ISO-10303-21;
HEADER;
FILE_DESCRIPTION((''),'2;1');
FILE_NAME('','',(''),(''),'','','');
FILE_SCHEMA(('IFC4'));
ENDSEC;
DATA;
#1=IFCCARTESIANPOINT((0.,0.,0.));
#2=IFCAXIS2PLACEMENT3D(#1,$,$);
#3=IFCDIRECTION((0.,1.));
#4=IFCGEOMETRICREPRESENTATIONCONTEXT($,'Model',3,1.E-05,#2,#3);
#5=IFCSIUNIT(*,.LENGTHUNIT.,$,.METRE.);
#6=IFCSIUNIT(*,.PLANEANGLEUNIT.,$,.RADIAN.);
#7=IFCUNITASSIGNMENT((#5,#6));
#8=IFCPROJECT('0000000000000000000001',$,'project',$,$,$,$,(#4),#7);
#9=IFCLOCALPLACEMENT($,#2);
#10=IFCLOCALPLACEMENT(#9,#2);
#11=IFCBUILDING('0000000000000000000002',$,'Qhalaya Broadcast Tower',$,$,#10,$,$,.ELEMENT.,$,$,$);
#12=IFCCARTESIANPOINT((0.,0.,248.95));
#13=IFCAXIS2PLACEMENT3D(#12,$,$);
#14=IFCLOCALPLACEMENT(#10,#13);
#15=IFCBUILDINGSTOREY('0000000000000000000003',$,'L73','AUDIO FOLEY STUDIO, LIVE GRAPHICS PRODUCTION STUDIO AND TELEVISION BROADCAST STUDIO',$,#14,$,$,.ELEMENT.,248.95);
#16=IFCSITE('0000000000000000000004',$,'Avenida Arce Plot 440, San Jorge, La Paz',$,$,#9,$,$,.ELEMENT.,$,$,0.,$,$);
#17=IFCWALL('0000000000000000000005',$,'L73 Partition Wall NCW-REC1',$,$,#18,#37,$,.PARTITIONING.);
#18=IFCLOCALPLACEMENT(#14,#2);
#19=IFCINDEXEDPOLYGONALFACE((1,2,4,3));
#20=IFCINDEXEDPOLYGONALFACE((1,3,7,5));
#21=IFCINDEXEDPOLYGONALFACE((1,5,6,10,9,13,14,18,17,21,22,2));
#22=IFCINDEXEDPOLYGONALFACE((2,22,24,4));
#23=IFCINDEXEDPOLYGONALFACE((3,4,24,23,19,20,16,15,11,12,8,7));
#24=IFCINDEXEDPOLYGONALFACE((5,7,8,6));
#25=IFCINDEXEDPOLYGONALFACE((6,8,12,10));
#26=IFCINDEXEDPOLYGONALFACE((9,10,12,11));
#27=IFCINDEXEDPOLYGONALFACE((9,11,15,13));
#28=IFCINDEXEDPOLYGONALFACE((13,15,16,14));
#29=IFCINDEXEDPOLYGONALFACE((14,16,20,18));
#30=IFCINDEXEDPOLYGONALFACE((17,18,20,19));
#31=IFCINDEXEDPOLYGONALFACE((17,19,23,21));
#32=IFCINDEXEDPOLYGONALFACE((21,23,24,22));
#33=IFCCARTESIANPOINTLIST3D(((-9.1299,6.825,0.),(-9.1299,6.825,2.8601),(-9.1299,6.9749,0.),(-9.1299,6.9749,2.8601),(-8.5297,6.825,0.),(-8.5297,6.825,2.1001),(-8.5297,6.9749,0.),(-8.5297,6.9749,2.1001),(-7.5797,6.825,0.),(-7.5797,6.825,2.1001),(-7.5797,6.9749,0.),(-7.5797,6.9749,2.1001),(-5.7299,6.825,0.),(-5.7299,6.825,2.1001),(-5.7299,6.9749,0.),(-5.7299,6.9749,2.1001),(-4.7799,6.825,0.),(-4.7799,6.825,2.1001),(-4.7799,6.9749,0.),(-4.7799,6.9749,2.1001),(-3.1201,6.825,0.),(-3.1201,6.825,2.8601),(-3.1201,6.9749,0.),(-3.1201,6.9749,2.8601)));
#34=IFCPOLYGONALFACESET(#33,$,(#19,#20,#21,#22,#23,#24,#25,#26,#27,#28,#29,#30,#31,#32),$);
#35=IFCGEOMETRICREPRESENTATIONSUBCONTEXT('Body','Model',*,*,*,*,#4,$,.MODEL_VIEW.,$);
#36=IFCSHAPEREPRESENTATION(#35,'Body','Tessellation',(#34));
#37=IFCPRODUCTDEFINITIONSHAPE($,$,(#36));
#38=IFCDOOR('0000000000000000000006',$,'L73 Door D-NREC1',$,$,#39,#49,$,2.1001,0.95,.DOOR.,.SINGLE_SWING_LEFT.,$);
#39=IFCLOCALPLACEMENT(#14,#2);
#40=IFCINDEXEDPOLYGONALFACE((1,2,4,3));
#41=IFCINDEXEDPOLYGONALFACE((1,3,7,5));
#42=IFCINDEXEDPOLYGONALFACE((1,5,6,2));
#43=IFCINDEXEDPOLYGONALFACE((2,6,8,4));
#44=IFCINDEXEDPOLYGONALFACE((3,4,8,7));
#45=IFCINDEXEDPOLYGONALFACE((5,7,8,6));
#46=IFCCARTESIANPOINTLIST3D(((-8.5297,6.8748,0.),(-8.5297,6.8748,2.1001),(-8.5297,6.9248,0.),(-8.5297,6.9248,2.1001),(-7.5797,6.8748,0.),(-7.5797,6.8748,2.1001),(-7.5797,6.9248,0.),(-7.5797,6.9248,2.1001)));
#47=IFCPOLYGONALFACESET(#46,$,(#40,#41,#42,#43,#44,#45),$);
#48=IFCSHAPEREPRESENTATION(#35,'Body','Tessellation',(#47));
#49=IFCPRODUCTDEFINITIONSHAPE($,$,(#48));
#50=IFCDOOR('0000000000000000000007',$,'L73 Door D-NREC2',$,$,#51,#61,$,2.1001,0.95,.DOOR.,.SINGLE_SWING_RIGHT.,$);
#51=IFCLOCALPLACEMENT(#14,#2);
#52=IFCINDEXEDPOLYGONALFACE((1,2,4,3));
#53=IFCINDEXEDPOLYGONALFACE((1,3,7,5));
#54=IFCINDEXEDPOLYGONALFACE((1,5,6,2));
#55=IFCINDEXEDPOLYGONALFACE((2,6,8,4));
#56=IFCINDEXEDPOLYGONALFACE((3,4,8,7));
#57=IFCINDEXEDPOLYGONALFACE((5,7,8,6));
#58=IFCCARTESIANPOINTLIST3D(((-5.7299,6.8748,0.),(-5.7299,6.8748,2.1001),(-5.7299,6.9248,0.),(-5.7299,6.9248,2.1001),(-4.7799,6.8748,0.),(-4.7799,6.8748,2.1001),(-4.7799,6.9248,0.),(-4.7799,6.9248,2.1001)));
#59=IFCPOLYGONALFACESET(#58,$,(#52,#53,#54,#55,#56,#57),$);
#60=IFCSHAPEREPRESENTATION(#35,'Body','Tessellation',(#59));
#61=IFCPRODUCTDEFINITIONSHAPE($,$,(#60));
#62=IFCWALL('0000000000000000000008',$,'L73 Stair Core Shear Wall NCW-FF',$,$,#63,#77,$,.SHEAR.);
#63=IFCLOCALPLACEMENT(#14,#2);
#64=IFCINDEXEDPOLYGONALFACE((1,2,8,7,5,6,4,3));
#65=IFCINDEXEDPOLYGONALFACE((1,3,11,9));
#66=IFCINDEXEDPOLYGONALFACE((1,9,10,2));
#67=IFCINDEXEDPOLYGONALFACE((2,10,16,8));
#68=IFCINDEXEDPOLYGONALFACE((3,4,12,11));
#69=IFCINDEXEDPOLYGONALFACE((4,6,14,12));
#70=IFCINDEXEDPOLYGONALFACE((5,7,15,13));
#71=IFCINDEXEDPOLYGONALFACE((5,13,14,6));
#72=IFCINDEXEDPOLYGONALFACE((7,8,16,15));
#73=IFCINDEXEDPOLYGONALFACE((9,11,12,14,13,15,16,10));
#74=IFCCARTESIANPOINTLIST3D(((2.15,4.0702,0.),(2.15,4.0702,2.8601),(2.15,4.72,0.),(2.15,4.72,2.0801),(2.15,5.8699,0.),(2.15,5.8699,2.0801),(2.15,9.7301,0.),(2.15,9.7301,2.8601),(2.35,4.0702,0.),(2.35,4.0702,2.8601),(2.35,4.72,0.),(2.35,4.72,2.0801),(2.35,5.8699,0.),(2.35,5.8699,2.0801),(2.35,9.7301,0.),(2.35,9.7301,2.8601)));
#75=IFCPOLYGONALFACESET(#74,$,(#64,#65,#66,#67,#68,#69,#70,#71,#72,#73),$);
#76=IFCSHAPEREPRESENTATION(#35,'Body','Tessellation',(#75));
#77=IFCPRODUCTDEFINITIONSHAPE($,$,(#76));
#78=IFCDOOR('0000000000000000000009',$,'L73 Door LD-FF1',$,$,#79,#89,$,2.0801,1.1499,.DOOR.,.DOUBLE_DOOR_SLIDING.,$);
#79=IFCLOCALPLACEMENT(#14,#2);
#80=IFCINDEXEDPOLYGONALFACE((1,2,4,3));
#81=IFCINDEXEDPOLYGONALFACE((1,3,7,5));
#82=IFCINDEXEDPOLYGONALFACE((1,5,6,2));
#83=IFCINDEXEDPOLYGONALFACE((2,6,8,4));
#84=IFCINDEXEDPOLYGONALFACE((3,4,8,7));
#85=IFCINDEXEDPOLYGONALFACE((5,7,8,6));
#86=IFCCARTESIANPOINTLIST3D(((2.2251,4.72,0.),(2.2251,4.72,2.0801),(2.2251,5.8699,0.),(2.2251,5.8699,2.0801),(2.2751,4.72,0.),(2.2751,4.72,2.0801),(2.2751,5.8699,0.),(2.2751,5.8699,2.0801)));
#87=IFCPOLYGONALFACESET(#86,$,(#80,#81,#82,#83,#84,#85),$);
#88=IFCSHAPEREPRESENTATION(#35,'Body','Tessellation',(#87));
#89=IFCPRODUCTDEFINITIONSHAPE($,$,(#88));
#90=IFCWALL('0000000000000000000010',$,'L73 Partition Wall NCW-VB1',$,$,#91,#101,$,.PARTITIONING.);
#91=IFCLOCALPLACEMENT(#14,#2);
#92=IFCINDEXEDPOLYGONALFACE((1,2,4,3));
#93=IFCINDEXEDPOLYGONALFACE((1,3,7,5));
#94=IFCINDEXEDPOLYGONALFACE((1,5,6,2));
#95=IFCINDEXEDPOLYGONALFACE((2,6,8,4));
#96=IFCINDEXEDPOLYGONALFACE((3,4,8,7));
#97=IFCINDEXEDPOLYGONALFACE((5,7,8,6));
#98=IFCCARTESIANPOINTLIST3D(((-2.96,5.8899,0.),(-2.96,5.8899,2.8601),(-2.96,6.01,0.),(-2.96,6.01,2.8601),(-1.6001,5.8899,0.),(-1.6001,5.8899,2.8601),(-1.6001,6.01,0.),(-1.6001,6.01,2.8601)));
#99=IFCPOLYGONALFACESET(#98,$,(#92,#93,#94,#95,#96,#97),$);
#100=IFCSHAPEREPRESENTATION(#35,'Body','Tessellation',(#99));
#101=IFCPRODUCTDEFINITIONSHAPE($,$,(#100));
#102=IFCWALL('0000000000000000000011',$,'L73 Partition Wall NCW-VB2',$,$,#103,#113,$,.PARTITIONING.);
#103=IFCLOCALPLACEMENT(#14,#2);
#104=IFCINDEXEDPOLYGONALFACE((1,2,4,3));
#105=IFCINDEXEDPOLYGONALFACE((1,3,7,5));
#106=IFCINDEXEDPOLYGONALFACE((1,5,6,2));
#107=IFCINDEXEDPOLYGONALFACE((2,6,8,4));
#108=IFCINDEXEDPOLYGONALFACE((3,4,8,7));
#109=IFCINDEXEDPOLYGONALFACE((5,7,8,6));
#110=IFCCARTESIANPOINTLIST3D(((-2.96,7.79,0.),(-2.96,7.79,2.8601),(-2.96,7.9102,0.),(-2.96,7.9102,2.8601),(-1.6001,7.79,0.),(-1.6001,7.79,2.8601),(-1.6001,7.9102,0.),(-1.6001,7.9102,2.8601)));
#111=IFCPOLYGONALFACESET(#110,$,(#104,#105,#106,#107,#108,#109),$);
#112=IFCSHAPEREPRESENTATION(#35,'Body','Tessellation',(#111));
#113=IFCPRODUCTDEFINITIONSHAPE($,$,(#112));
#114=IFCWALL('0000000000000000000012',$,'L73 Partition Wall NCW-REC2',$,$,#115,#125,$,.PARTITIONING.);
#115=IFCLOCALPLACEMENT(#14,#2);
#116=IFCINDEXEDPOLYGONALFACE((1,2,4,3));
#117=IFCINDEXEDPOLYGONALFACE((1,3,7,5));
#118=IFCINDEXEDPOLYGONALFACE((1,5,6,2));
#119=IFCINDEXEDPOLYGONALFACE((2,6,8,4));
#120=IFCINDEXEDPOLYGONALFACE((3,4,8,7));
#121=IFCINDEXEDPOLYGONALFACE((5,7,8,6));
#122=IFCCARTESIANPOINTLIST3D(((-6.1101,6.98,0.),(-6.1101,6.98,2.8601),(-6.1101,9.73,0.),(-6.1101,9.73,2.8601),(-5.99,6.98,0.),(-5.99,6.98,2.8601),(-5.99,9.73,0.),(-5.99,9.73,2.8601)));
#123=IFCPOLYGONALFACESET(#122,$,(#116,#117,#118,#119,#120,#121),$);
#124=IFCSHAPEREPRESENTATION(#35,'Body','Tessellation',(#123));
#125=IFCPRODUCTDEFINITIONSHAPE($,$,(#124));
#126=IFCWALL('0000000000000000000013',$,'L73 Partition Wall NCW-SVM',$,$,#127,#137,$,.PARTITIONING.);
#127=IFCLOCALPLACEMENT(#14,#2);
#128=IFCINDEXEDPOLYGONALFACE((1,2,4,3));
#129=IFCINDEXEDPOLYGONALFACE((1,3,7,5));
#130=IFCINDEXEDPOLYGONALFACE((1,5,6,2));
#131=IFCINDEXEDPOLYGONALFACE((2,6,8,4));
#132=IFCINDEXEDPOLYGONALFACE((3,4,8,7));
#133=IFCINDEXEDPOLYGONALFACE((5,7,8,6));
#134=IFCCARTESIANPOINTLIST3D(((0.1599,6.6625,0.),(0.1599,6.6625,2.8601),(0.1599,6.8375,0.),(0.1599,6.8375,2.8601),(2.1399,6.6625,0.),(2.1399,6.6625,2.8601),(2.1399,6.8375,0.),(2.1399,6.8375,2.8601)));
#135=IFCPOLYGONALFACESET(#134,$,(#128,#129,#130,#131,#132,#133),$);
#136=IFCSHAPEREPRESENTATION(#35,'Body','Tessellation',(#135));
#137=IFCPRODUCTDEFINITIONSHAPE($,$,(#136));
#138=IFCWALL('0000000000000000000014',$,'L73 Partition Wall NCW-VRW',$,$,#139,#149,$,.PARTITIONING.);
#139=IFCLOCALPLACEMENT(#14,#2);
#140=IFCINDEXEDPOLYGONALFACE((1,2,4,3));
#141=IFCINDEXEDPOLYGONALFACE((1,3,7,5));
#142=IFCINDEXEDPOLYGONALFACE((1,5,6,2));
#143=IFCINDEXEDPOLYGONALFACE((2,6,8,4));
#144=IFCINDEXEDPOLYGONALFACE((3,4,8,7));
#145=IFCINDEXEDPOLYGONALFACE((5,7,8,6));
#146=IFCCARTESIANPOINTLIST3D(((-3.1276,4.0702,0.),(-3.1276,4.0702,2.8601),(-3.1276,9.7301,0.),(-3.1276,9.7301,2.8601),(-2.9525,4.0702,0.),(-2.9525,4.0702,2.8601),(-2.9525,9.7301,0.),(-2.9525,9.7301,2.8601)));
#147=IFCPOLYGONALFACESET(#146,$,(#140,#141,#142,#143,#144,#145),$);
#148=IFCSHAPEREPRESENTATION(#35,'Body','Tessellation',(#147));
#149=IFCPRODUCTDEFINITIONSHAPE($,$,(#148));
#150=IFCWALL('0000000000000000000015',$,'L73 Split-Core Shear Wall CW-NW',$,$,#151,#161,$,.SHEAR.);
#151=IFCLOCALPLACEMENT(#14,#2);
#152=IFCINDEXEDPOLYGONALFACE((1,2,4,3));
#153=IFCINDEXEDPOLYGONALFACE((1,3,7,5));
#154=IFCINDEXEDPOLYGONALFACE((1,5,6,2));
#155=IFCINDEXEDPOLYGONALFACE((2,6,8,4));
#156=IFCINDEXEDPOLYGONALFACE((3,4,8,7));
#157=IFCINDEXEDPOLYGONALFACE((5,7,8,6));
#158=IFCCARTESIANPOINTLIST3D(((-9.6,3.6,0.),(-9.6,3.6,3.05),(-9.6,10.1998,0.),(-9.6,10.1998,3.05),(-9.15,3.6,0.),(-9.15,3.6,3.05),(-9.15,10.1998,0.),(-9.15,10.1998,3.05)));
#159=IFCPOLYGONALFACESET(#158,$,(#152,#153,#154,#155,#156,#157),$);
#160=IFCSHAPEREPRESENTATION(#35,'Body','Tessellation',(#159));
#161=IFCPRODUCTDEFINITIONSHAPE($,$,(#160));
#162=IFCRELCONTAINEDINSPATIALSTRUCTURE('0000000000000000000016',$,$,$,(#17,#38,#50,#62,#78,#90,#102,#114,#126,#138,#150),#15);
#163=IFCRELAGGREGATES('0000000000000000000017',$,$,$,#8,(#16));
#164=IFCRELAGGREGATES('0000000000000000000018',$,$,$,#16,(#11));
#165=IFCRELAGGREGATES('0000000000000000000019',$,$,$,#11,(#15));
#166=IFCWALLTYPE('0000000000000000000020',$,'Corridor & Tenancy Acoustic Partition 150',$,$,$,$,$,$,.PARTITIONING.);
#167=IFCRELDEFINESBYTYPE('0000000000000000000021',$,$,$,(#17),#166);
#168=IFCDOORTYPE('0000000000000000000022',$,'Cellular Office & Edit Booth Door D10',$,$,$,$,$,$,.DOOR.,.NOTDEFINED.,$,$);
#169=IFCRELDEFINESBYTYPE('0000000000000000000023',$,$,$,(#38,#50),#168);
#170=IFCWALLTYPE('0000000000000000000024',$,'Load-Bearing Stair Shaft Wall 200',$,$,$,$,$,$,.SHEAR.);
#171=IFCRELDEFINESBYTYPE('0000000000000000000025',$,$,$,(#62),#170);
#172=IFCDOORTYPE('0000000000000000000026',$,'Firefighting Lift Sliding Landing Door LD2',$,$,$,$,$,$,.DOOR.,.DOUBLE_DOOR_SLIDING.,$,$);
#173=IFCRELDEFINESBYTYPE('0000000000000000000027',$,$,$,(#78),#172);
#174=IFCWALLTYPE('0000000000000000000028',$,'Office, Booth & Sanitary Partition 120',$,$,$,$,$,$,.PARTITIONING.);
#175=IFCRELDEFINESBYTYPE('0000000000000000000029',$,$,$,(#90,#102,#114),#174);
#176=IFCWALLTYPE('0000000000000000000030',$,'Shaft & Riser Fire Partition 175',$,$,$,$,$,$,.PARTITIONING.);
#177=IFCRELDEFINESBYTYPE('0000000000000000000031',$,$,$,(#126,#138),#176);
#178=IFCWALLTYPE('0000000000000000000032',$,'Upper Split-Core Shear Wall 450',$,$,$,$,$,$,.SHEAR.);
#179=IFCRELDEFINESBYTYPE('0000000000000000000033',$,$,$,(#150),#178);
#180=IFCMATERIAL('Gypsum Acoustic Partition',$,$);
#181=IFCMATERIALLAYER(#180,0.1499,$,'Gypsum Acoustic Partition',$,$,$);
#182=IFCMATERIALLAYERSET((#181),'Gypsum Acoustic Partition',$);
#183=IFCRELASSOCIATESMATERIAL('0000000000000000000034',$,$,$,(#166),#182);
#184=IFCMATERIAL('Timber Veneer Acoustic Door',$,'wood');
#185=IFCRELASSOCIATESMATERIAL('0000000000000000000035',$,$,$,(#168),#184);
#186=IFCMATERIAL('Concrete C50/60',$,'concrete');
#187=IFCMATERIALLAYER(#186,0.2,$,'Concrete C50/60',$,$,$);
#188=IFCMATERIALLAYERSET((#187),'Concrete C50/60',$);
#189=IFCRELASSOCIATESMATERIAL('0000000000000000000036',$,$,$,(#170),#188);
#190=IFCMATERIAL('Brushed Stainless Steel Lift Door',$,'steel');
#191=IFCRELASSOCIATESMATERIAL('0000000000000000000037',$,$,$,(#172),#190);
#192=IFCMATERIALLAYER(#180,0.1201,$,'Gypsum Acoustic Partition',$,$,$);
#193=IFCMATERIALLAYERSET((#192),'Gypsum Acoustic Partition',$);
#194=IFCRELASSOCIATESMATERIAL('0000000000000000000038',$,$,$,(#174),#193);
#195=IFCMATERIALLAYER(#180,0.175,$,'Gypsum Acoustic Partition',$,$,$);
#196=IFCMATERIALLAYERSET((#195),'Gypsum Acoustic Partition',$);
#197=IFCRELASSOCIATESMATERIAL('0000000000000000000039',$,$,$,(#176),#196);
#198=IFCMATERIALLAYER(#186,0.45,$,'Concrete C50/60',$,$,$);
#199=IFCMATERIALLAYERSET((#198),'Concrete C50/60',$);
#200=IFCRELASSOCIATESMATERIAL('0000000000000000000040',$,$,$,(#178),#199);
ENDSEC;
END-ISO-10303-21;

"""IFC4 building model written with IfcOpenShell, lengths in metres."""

from ifc_helpers import new_model, si_unit, direction, frame, frame_2d, origin, place, context, subcontext, project, spatial, rectangle, extrude, material, layer, layer_set, type_object, element, fill, save


model = new_model("IFC4")

# Units and contexts
model_context = context("Model", 3, precision=1e-05, world=origin(), true_north=direction((0.0, 1.0)))
body_context = subcontext(model_context, "Body", "Model", "MODEL_VIEW")
ifc_project = project(units=[si_unit("LENGTHUNIT", "METRE"), si_unit("PLANEANGLEUNIT", "RADIAN")], contexts=[model_context])

# Site, building, storey
site_placement = place(None, origin())
site = spatial("IfcSite", under=ifc_project, at=site_placement, Name="Avenida Arce Plot 440, San Jorge, La Paz", CompositionType="ELEMENT", RefElevation=0.0)
building_placement = place(site_placement, origin())
building = spatial("IfcBuilding", under=site, at=building_placement, Name="Qhalaya Broadcast Tower", CompositionType="ELEMENT")
storey_placement = place(building_placement, frame((0.0, 0.0, 248.95)))
storey = spatial("IfcBuildingStorey", under=building, at=storey_placement, Name="L73", Description="AUDIO FOLEY STUDIO, LIVE GRAPHICS PRODUCTION STUDIO AND TELEVISION BROADCAST STUDIO", CompositionType="ELEMENT", Elevation=248.95)

# Shared definitions
ifc_material_1 = material(Name="Concrete C50/60", Category="concrete")

# Wall, openings, doors
ifc_material_2 = material(Name="Gypsum Acoustic Partition")
ifc_layer_1 = layer(ifc_material_2, 0.1499, Name="Gypsum Acoustic Partition")
ifc_layer_set_1 = layer_set([ifc_layer_1], Name="Gypsum Acoustic Partition")
wall_type_1 = type_object("IfcWallType", Name="Corridor & Tenancy Acoustic Partition 150", PredefinedType="PARTITIONING", material=ifc_layer_set_1)
ifc_material_3 = material(Name="Timber Veneer Acoustic Door", Category="wood")
wall_1_placement = place(storey_placement, frame((-9.1299, 6.8999, 0.0), z_axis=(0.0, 0.0, 1.0), x_axis=(1.0, 0.0, 0.0)))
wall_1 = element("IfcWall", 1, at=wall_1_placement, inside=storey, type_object=wall_type_1, Name="L73 Partition Wall NCW-REC1", PredefinedType="PARTITIONING", context=body_context, shape_type="SweptSolid", body=[
    extrude(rectangle(XDim=6.0098, YDim=0.1499, at=frame_2d((3.0049, 0.0))), origin(), (0.0, 0.0, 1.0), 2.8601),
])
opening_1_placement = place(wall_1_placement, frame((0.6001, 0.0, 0.0)))
opening_1 = element("IfcOpeningElement", 2, at=opening_1_placement, cuts=wall_1, PredefinedType="OPENING", context=body_context, shape_type="SweptSolid", body=[
    extrude(rectangle(XDim=0.95, YDim=2.1001, at=frame_2d((0.4751, 1.05))), frame((0.0, 0.0869, 0.0), z_axis=(0.0, -1.0, 0.0), x_axis=(1.0, 0.0, 0.0)), (0.0, 0.0, 1.0), 0.1738),
])
opening_2_placement = place(wall_1_placement, frame((3.3999, 0.0, 0.0)))
opening_2 = element("IfcOpeningElement", 3, at=opening_2_placement, cuts=wall_1, PredefinedType="OPENING", context=body_context, shape_type="SweptSolid", body=[
    extrude(rectangle(XDim=0.95, YDim=2.1001, at=frame_2d((0.4751, 1.05))), frame((0.0, 0.0869, 0.0), z_axis=(0.0, -1.0, 0.0), x_axis=(1.0, 0.0, 0.0)), (0.0, 0.0, 1.0), 0.1738),
])
door_type_1 = type_object("IfcDoorType", Name="Cellular Office & Edit Booth Door D10", OperationType="NOTDEFINED", PredefinedType="DOOR", material=ifc_material_3)
door_1_placement = place(opening_1_placement, origin())
door_1 = element("IfcDoor", 4, at=door_1_placement, inside=storey, type_object=door_type_1, Name="L73 Door D-NREC1", OperationType="SINGLE_SWING_LEFT", OverallHeight=2.1001, OverallWidth=0.95, PredefinedType="DOOR", context=body_context, shape_type="SweptSolid", body=[
    extrude(rectangle(XDim=0.95, YDim=2.1001, at=frame_2d((0.4751, 1.05))), frame((0.0, 0.0249, 0.0), z_axis=(0.0, -1.0, 0.0), x_axis=(1.0, 0.0, 0.0)), (0.0, 0.0, 1.0), 0.05),
])
fill(opening_1, door_1)
door_2_placement = place(opening_2_placement, origin())
door_2 = element("IfcDoor", 5, at=door_2_placement, inside=storey, type_object=door_type_1, Name="L73 Door D-NREC2", OperationType="SINGLE_SWING_RIGHT", OverallHeight=2.1001, OverallWidth=0.95, PredefinedType="DOOR", context=body_context, shape_type="SweptSolid", body=[
    extrude(rectangle(XDim=0.95, YDim=2.1001, at=frame_2d((0.4751, 1.05))), frame((0.0, 0.0249, 0.0), z_axis=(0.0, -1.0, 0.0), x_axis=(1.0, 0.0, 0.0)), (0.0, 0.0, 1.0), 0.05),
])
fill(opening_2, door_2)

# Wall, opening, door
ifc_layer_2 = layer(ifc_material_1, 0.2, Name="Concrete C50/60")
ifc_layer_set_2 = layer_set([ifc_layer_2], Name="Concrete C50/60")
wall_type_2 = type_object("IfcWallType", Name="Load-Bearing Stair Shaft Wall 200", PredefinedType="SHEAR", material=ifc_layer_set_2)
wall_2_placement = place(storey_placement, frame((2.25, 4.0701, 0.0), z_axis=(0.0, 0.0, 1.0), x_axis=(0.0, 1.0, 0.0)))
wall_2 = element("IfcWall", 6, at=wall_2_placement, inside=storey, type_object=wall_type_2, Name="L73 Stair Core Shear Wall NCW-FF", PredefinedType="SHEAR", context=body_context, shape_type="SweptSolid", body=[
    extrude(rectangle(XDim=5.6599, YDim=0.2, at=frame_2d((2.8301, 0.0))), origin(), (0.0, 0.0, 1.0), 2.8601),
])
opening_3_placement = place(wall_2_placement, frame((0.6499, 0.0, 0.0)))
opening_3 = element("IfcOpeningElement", 7, at=opening_3_placement, cuts=wall_2, PredefinedType="OPENING", context=body_context, shape_type="SweptSolid", body=[
    extrude(rectangle(XDim=1.1499, YDim=2.0801, at=frame_2d((0.575, 1.04))), frame((0.0, 0.1121, 0.0), z_axis=(0.0, -1.0, 0.0), x_axis=(1.0, 0.0, 0.0)), (0.0, 0.0, 1.0), 0.2239),
])
ifc_material_4 = material(Name="Brushed Stainless Steel Lift Door", Category="steel")
door_type_2 = type_object("IfcDoorType", Name="Firefighting Lift Sliding Landing Door LD2", OperationType="DOUBLE_DOOR_SLIDING", PredefinedType="DOOR", material=ifc_material_4)
door_3_placement = place(opening_3_placement, origin())
door_3 = element("IfcDoor", 8, at=door_3_placement, inside=storey, type_object=door_type_2, Name="L73 Door LD-FF1", OperationType="DOUBLE_DOOR_SLIDING", OverallHeight=2.0801, OverallWidth=1.1499, PredefinedType="DOOR", context=body_context, shape_type="SweptSolid", body=[
    extrude(rectangle(XDim=1.1499, YDim=2.0801, at=frame_2d((0.575, 1.04))), frame((0.0, 0.0249, 0.0), z_axis=(0.0, -1.0, 0.0), x_axis=(1.0, 0.0, 0.0)), (0.0, 0.0, 1.0), 0.05),
])
fill(opening_3, door_3)

# Walls
ifc_layer_3 = layer(ifc_material_2, 0.1201, Name="Gypsum Acoustic Partition")
ifc_layer_set_3 = layer_set([ifc_layer_3], Name="Gypsum Acoustic Partition")
wall_type_3 = type_object("IfcWallType", Name="Office, Booth & Sanitary Partition 120", PredefinedType="PARTITIONING", material=ifc_layer_set_3)
for number, where, z_axis, x_axis, name in (
    (9, (-2.96, 5.95, 0.0), (0.0, 0.0, 1.0), (1.0, 0.0, 0.0), "L73 Partition Wall NCW-VB1"),
    (10, (-2.96, 7.8501, 0.0), (0.0, 0.0, 1.0), (1.0, 0.0, 0.0), "L73 Partition Wall NCW-VB2"),
):
    element("IfcWall", number, at=place(storey_placement, frame(where, z_axis=z_axis, x_axis=x_axis)), inside=storey, type_object=wall_type_3, Name=name, PredefinedType="PARTITIONING", context=body_context, shape_type="SweptSolid", body=[
        extrude(rectangle(XDim=1.3599, YDim=0.1201, at=frame_2d((0.6799, 0.0))), origin(), (0.0, 0.0, 1.0), 2.8601),
    ])
wall_3_placement = place(storey_placement, frame((-6.05, 6.98, 0.0), z_axis=(0.0, 0.0, 1.0), x_axis=(0.0, 1.0, 0.0)))
element("IfcWall", 11, at=wall_3_placement, inside=storey, type_object=wall_type_3, Name="L73 Partition Wall NCW-REC2", PredefinedType="PARTITIONING", context=body_context, shape_type="SweptSolid", body=[
    extrude(rectangle(XDim=2.75, YDim=0.1201, at=frame_2d((1.375, 0.0))), origin(), (0.0, 0.0, 1.0), 2.8601),
])

# Shared definitions
ifc_layer_4 = layer(ifc_material_2, 0.175, Name="Gypsum Acoustic Partition")
ifc_layer_set_4 = layer_set([ifc_layer_4], Name="Gypsum Acoustic Partition")
wall_type_4 = type_object("IfcWallType", Name="Shaft & Riser Fire Partition 175", PredefinedType="PARTITIONING", material=ifc_layer_set_4)

# Walls
wall_4_placement = place(storey_placement, frame((0.1599, 6.75, 0.0), z_axis=(0.0, 0.0, 1.0), x_axis=(1.0, 0.0, 0.0)))
element("IfcWall", 12, at=wall_4_placement, inside=storey, type_object=wall_type_4, Name="L73 Partition Wall NCW-SVM", PredefinedType="PARTITIONING", context=body_context, shape_type="SweptSolid", body=[
    extrude(rectangle(XDim=1.98, YDim=0.175, at=frame_2d((0.99, 0.0))), origin(), (0.0, 0.0, 1.0), 2.8601),
])
wall_5_placement = place(storey_placement, frame((-3.04, 4.0701, 0.0), z_axis=(0.0, 0.0, 1.0), x_axis=(0.0, 1.0, 0.0)))
element("IfcWall", 13, at=wall_5_placement, inside=storey, type_object=wall_type_4, Name="L73 Partition Wall NCW-VRW", PredefinedType="PARTITIONING", context=body_context, shape_type="SweptSolid", body=[
    extrude(rectangle(XDim=5.6599, YDim=0.175, at=frame_2d((2.8301, 0.0))), origin(), (0.0, 0.0, 1.0), 2.8601),
])

# Shared definitions
ifc_layer_5 = layer(ifc_material_1, 0.45, Name="Concrete C50/60")
ifc_layer_set_5 = layer_set([ifc_layer_5], Name="Concrete C50/60")
wall_type_5 = type_object("IfcWallType", Name="Upper Split-Core Shear Wall 450", PredefinedType="SHEAR", material=ifc_layer_set_5)

# Wall
wall_6_placement = place(storey_placement, frame((-9.375, 3.6001, 0.0), z_axis=(0.0, 0.0, 1.0), x_axis=(0.0, 1.0, 0.0)))
element("IfcWall", 14, at=wall_6_placement, inside=storey, type_object=wall_type_5, Name="L73 Split-Core Shear Wall CW-NW", PredefinedType="SHEAR", context=body_context, shape_type="SweptSolid", body=[
    extrude(rectangle(XDim=6.5999, YDim=0.45, at=frame_2d((3.2998, 0.0))), origin(), (0.0, 0.0, 1.0), 3.05),
])

save(model, "model.ifc")
